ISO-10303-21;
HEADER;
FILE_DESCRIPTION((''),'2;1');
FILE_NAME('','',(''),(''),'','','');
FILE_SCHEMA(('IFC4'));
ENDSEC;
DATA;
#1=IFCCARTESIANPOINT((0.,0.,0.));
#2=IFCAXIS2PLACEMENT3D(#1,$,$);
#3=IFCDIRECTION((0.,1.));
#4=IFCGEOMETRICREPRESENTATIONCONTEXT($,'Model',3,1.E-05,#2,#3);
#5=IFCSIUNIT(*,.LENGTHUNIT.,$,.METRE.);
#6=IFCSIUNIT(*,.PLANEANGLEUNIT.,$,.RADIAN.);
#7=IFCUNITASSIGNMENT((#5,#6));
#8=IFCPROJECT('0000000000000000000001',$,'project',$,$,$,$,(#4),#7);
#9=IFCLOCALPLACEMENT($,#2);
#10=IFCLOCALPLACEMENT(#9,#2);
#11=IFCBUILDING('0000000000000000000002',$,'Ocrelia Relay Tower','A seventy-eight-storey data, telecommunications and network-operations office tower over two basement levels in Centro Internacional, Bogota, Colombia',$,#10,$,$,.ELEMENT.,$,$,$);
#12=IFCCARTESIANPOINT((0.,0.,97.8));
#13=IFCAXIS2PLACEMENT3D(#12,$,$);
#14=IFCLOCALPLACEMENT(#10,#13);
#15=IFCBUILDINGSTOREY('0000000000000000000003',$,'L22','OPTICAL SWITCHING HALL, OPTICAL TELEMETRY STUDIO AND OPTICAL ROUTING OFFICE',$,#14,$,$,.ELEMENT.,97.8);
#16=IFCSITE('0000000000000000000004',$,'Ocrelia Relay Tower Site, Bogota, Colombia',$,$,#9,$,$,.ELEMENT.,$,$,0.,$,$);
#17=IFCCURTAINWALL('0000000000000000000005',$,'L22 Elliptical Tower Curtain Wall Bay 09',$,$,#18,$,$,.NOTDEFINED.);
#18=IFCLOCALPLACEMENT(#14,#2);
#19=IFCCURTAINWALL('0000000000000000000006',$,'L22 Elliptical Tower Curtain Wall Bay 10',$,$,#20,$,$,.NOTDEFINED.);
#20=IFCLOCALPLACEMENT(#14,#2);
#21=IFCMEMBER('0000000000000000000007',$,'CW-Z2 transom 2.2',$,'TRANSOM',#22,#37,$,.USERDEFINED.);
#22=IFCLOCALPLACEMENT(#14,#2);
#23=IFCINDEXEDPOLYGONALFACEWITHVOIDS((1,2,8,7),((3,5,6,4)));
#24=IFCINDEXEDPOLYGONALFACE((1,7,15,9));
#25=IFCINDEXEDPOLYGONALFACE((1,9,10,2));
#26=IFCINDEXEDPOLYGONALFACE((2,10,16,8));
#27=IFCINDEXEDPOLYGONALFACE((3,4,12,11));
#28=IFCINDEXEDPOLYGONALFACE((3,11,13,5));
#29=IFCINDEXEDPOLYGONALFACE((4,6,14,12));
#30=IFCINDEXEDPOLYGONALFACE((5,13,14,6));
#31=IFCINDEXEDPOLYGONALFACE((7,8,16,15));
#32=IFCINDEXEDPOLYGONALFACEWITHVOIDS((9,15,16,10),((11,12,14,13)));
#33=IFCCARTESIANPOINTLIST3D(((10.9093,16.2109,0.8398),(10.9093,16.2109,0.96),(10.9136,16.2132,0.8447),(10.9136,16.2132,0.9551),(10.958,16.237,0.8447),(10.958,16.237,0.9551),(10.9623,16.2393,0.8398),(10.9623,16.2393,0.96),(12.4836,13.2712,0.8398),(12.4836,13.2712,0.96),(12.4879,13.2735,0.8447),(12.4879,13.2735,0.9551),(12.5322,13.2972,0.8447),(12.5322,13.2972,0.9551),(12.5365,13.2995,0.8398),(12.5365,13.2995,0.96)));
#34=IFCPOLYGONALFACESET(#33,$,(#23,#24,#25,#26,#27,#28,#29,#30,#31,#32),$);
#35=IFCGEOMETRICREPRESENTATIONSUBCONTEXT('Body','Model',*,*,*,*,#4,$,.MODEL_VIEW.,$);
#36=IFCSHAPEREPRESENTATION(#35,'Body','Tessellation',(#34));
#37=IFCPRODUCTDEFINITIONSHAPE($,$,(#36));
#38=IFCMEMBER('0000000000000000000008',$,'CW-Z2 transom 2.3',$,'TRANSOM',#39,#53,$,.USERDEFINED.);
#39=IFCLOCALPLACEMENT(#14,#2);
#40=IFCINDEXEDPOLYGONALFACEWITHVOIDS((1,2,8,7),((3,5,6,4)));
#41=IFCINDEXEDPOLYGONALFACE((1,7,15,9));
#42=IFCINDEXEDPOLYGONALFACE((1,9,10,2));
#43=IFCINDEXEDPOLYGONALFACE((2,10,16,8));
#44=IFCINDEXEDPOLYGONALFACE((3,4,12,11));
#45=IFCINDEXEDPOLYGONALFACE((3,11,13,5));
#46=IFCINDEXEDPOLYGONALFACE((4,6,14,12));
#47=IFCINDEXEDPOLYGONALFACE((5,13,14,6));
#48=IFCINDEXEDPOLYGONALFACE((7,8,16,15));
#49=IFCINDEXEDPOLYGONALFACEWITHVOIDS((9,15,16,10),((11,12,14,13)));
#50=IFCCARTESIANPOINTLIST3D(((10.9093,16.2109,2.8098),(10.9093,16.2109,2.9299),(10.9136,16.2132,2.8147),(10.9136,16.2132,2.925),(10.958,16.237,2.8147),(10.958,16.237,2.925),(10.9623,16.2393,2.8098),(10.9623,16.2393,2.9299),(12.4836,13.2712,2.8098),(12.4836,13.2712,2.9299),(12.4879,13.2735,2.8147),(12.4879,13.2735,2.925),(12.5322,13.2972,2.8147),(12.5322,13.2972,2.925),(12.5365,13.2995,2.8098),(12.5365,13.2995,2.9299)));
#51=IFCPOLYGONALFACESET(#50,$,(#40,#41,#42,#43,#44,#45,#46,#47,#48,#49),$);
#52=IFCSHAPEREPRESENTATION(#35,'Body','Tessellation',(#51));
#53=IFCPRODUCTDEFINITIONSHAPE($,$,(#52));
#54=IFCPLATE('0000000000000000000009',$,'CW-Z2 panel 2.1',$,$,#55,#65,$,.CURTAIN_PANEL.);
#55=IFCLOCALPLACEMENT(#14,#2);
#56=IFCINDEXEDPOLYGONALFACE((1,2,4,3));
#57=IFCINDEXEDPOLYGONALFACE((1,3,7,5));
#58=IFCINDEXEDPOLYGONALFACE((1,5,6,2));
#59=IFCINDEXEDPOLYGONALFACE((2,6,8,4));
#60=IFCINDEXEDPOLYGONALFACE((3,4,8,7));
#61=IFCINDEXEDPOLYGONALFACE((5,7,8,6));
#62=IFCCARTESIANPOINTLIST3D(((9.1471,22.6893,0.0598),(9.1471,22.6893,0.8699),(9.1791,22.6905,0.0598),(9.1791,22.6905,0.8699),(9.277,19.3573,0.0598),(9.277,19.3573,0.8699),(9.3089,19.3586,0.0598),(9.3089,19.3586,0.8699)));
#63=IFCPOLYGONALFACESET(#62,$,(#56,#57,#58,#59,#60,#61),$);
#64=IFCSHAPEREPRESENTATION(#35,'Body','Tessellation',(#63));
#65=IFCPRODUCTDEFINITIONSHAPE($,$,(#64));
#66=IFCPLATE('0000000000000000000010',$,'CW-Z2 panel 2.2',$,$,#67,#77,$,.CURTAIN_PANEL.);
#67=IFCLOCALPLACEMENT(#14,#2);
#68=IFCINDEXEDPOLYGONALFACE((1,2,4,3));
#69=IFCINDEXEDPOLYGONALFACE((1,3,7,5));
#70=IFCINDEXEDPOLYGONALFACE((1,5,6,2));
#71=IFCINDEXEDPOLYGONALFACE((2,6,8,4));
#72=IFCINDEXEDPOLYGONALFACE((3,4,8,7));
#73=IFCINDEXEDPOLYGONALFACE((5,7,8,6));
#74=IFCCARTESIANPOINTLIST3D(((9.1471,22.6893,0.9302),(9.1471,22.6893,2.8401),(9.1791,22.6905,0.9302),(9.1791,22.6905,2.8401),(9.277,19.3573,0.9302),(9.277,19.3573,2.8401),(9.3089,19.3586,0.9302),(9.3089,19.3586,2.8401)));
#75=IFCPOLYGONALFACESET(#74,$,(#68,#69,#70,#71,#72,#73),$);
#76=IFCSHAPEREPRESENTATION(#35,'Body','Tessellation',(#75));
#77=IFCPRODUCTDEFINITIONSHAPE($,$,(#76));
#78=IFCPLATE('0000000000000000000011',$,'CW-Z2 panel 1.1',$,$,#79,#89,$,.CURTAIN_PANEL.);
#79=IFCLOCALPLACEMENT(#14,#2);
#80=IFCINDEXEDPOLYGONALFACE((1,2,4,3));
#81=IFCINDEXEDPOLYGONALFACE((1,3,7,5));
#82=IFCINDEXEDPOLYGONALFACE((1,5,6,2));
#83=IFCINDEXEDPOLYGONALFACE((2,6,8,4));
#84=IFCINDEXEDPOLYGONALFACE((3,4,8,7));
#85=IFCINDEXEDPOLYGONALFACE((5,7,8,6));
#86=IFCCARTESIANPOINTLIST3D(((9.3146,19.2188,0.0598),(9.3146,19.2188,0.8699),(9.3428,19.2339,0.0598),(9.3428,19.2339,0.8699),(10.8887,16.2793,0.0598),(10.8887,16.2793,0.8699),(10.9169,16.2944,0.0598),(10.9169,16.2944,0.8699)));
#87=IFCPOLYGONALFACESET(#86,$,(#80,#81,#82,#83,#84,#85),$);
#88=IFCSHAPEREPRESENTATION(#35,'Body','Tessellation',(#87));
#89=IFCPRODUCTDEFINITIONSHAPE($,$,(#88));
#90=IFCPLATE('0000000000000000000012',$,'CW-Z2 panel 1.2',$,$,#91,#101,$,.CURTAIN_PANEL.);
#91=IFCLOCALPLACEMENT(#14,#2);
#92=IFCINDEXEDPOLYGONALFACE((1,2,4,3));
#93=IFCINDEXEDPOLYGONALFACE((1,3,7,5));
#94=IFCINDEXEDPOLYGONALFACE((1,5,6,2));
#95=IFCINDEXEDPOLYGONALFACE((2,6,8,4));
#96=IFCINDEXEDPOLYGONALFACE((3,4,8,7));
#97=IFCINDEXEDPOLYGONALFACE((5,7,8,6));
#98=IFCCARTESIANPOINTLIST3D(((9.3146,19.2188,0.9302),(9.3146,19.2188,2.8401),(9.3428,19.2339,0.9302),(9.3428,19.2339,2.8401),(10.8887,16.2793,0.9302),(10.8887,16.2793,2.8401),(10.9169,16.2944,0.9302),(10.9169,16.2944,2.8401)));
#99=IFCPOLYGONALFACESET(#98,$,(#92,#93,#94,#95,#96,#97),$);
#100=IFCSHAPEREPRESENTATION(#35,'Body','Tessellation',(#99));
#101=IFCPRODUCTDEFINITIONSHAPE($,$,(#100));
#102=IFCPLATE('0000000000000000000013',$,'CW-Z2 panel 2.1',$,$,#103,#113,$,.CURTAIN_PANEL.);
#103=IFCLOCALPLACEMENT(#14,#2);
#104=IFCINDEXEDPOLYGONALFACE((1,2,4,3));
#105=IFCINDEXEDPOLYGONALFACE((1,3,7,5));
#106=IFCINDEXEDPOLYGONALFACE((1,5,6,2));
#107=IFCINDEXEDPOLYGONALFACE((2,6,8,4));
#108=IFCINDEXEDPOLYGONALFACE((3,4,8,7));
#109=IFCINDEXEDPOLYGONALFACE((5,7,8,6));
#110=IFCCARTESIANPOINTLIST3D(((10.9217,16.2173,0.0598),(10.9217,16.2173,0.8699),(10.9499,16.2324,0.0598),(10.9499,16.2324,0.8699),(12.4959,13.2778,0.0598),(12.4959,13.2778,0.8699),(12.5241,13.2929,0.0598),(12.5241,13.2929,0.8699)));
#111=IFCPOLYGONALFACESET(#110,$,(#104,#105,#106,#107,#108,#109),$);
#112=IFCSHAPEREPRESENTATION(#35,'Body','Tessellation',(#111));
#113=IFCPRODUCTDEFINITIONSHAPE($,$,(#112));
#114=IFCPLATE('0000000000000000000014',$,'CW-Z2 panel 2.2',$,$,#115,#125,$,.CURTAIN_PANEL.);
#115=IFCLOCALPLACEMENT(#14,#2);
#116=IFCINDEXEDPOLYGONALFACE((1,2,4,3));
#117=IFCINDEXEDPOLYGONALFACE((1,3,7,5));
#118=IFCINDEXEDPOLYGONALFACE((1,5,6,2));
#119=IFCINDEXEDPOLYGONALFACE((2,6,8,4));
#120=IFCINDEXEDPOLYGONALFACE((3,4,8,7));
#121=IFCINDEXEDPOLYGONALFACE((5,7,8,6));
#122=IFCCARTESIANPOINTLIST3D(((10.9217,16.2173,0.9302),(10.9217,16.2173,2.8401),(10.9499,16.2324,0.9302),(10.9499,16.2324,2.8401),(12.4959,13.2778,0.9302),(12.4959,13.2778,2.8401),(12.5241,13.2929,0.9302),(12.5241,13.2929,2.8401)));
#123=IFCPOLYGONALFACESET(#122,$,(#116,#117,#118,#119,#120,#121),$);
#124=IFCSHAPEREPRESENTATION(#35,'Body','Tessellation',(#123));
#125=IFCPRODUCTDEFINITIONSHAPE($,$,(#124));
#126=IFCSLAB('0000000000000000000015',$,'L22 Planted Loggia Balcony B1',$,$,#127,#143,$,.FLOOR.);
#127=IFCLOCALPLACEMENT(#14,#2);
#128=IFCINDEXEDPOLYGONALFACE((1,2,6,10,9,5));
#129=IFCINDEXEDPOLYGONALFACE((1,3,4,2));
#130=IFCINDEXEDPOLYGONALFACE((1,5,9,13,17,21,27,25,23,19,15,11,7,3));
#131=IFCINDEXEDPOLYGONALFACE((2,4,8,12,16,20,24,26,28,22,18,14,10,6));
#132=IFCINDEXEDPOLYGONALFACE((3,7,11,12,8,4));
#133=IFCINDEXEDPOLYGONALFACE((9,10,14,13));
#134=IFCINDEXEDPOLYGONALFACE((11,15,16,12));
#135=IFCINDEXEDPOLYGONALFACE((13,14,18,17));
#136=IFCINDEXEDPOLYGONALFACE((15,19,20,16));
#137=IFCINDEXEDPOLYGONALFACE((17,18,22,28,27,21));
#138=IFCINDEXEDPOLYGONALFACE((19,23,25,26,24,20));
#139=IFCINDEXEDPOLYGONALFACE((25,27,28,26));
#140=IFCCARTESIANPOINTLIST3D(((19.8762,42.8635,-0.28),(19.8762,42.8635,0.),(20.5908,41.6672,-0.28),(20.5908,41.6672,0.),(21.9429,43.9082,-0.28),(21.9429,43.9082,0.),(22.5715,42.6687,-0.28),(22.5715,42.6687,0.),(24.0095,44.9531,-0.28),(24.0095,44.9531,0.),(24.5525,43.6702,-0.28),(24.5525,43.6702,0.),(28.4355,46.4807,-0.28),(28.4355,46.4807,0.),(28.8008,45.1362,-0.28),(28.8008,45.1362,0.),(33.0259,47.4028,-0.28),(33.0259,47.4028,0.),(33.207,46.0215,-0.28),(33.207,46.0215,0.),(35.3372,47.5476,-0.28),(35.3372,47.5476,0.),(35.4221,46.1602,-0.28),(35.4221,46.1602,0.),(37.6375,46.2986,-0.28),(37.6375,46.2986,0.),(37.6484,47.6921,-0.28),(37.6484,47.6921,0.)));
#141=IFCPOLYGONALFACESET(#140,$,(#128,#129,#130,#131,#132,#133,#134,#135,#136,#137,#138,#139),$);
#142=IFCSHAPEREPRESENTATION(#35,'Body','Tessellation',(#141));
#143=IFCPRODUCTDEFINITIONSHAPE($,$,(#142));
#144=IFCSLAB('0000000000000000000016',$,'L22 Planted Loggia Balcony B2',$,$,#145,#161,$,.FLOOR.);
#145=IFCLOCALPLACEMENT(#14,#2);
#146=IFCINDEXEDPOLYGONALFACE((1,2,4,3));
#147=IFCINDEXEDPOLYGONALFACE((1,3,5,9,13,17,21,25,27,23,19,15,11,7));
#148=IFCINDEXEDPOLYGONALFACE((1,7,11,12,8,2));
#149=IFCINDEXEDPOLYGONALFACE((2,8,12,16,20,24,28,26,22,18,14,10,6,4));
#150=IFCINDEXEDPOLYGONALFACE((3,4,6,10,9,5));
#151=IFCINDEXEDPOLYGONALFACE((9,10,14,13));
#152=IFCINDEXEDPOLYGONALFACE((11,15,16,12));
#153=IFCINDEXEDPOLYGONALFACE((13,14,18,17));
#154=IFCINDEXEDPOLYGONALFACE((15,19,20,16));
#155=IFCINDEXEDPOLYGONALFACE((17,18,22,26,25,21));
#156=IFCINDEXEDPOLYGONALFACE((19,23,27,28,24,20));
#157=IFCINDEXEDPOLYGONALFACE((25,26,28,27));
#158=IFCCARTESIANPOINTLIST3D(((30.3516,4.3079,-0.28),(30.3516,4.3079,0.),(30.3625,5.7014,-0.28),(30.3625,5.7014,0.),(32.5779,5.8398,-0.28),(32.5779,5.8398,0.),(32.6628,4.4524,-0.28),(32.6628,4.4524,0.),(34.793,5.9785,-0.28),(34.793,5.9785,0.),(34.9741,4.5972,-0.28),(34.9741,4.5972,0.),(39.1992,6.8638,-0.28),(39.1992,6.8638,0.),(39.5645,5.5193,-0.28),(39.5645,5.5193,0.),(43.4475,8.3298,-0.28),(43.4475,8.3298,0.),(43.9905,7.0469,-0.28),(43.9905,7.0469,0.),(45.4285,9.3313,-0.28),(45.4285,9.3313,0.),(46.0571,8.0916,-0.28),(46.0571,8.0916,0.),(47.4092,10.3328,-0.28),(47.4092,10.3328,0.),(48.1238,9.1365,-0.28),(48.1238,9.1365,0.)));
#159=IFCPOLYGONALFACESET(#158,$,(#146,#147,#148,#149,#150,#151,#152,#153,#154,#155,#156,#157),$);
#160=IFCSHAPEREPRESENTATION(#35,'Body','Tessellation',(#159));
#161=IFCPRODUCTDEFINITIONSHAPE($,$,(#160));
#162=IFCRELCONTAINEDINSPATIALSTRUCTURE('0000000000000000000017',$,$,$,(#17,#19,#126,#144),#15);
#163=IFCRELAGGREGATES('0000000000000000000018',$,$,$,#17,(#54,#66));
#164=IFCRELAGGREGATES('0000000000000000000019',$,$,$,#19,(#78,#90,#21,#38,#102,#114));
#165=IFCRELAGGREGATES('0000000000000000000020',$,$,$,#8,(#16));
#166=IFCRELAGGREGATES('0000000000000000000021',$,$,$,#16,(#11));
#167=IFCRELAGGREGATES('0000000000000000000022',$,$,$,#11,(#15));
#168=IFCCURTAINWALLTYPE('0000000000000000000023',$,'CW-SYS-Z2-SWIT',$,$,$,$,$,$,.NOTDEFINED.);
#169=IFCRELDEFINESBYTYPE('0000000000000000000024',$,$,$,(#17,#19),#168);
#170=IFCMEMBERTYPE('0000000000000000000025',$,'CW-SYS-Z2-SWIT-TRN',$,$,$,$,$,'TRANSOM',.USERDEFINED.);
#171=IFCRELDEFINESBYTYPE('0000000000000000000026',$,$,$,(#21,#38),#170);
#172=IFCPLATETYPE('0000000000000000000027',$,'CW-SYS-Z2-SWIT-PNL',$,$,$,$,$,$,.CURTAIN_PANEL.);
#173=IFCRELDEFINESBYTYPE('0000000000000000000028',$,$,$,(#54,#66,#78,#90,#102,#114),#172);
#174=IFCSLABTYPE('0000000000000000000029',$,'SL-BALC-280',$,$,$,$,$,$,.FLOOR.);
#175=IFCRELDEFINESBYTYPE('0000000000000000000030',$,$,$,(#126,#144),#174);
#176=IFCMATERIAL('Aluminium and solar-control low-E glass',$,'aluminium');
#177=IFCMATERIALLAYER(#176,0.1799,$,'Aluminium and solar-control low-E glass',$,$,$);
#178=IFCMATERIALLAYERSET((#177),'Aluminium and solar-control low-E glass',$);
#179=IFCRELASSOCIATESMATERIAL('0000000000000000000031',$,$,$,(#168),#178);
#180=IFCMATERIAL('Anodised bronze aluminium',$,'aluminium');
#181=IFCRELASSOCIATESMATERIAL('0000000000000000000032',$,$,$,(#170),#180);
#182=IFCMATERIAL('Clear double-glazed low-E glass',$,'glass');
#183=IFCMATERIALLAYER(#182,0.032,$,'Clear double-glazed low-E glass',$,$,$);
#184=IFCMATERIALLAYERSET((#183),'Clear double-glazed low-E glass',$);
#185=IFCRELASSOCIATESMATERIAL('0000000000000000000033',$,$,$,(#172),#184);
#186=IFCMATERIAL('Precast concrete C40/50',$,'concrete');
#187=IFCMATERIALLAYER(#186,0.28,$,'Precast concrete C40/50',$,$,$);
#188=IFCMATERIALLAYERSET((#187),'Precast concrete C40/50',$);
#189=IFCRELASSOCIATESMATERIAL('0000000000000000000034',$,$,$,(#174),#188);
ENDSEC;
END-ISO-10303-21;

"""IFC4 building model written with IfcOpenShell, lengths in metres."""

from ifc_helpers import new_model, si_unit, direction, frame, origin, origin_2d, place, context, subcontext, project, spatial, polyline, rectangle, hollow_rectangle, outline, extrude, material, layer, layer_set, material_profile, profile_set, type_object, element, aggregate, save


model = new_model("IFC4")

# Units and contexts
model_context = context("Model", 3, precision=1e-05, world=origin(), true_north=direction((0.0, 1.0)))
body_context = subcontext(model_context, "Body", "Model", "MODEL_VIEW")
ifc_project = project(units=[si_unit("LENGTHUNIT", "METRE"), si_unit("PLANEANGLEUNIT", "RADIAN")], contexts=[model_context])

# Site, building, storey
site_placement = place(None, origin())
site = spatial("IfcSite", under=ifc_project, at=site_placement, Name="Ocrelia Relay Tower Site, Bogota, Colombia", CompositionType="ELEMENT", RefElevation=0.0)
building_placement = place(site_placement, origin())
building = spatial("IfcBuilding", under=site, at=building_placement, Name="Ocrelia Relay Tower", Description="A seventy-eight-storey data, telecommunications and network-operations office tower over two basement levels in Centro Internacional, Bogota, Colombia", CompositionType="ELEMENT")
storey_placement = place(building_placement, frame((0.0, 0.0, 97.8)))
storey = spatial("IfcBuildingStorey", under=building, at=storey_placement, Name="L22", Description="OPTICAL SWITCHING HALL, OPTICAL TELEMETRY STUDIO AND OPTICAL ROUTING OFFICE", CompositionType="ELEMENT", Elevation=97.8)

# Curtain wall
ifc_material_1 = material(Name="Aluminium and solar-control low-E glass", Category="aluminium")
ifc_layer_1 = layer(ifc_material_1, 0.1799, Name="Aluminium and solar-control low-E glass")
ifc_layer_set_1 = layer_set([ifc_layer_1], Name="Aluminium and solar-control low-E glass")
curtain_wall_type = type_object("IfcCurtainWallType", Name="CW-SYS-Z2-SWIT", PredefinedType="NOTDEFINED", material=ifc_layer_set_1)
curtain_wall_1_placement = place(storey_placement, origin())
curtain_wall_1 = element("IfcCurtainWall", 1, at=curtain_wall_1_placement, inside=storey, type_object=curtain_wall_type, Name="L22 Elliptical Tower Curtain Wall Bay 09", PredefinedType="NOTDEFINED")
ifc_material_2 = material(Name="Anodised bronze aluminium", Category="aluminium")

# Curtain wall
curtain_wall_2_placement = place(storey_placement, origin())
curtain_wall_2 = element("IfcCurtainWall", 2, at=curtain_wall_2_placement, inside=storey, type_object=curtain_wall_type, Name="L22 Elliptical Tower Curtain Wall Bay 10", PredefinedType="NOTDEFINED")

# Members
ifc_material_profile_1 = material_profile(ifc_material_2, hollow_rectangle(XDim=0.0601, YDim=0.1201, WallThickness=0.0049, at=origin_2d()), Name="CW-TRN-120x60")
ifc_profile_set_1 = profile_set([ifc_material_profile_1], Name="Anodised bronze aluminium")
member_type_1 = type_object("IfcMemberType", Name="CW-SYS-Z2-SWIT-TRN", ElementType="TRANSOM", PredefinedType="USERDEFINED", material=ifc_profile_set_1)
member_1_placement = place(storey_placement, frame((10.9358, 16.2251, 0.8999), z_axis=(0.472077, -0.881557, 0.0), x_axis=(0.881557, 0.472077, 0.0)))
member_1 = element("IfcMember", 3, at=member_1_placement, type_object=member_type_1, Name="CW-Z2 transom 2.2", ObjectType="TRANSOM", PredefinedType="USERDEFINED", context=body_context, shape_type="SweptSolid", body=[
    extrude(hollow_rectangle(XDim=0.0601, YDim=0.1201, WallThickness=0.0049, at=origin_2d()), origin(), (0.0, 0.0, 1.0), 3.3347),
])
member_2_placement = place(storey_placement, frame((10.9358, 16.2251, 2.8699), z_axis=(0.472077, -0.881557, 0.0), x_axis=(0.881557, 0.472077, 0.0)))
member_2 = element("IfcMember", 4, at=member_2_placement, type_object=member_type_1, Name="CW-Z2 transom 2.3", ObjectType="TRANSOM", PredefinedType="USERDEFINED", context=body_context, shape_type="SweptSolid", body=[
    extrude(hollow_rectangle(XDim=0.0601, YDim=0.1201, WallThickness=0.0049, at=origin_2d()), origin(), (0.0, 0.0, 1.0), 3.3347),
])

# Plates
ifc_material_3 = material(Name="Clear double-glazed low-E glass", Category="glass")
ifc_layer_2 = layer(ifc_material_3, 0.032, Name="Clear double-glazed low-E glass")
ifc_layer_set_2 = layer_set([ifc_layer_2], Name="Clear double-glazed low-E glass")
plate_type = type_object("IfcPlateType", Name="CW-SYS-Z2-SWIT-PNL", PredefinedType="CURTAIN_PANEL", material=ifc_layer_set_2)
plate_1_placement = place(storey_placement, frame((9.228, 21.0239, 0.0598), z_axis=(0.0, 0.0, 1.0), x_axis=(0.03893, -0.999242, 0.0)))
plate_1 = element("IfcPlate", 5, at=plate_1_placement, type_object=plate_type, Name="CW-Z2 panel 2.1", PredefinedType="CURTAIN_PANEL", context=body_context, shape_type="SweptSolid", body=[
    extrude(rectangle(XDim=3.3345, YDim=0.032, at=origin_2d()), origin(), (0.0, 0.0, 1.0), 0.8101),
])
plate_2_placement = place(storey_placement, frame((9.228, 21.0239, 0.9302), z_axis=(0.0, 0.0, 1.0), x_axis=(0.03893, -0.999242, 0.0)))
plate_2 = element("IfcPlate", 6, at=plate_2_placement, type_object=plate_type, Name="CW-Z2 panel 2.2", PredefinedType="CURTAIN_PANEL", context=body_context, shape_type="SweptSolid", body=[
    extrude(rectangle(XDim=3.3345, YDim=0.032, at=origin_2d()), origin(), (0.0, 0.0, 1.0), 1.9099),
])
aggregate(curtain_wall_1, [plate_1, plate_2])
plate_3_placement = place(storey_placement, frame((10.1157, 17.7566, 0.0598), z_axis=(0.0, 0.0, 1.0), x_axis=(0.472071, -0.881561, 0.0)))
plate_3 = element("IfcPlate", 7, at=plate_3_placement, type_object=plate_type, Name="CW-Z2 panel 1.1", PredefinedType="CURTAIN_PANEL", context=body_context, shape_type="SweptSolid", body=[
    extrude(rectangle(XDim=3.3345, YDim=0.032, at=origin_2d()), origin(), (0.0, 0.0, 1.0), 0.8101),
])
plate_4_placement = place(storey_placement, frame((10.1157, 17.7566, 0.9302), z_axis=(0.0, 0.0, 1.0), x_axis=(0.472071, -0.881561, 0.0)))
plate_4 = element("IfcPlate", 8, at=plate_4_placement, type_object=plate_type, Name="CW-Z2 panel 1.2", PredefinedType="CURTAIN_PANEL", context=body_context, shape_type="SweptSolid", body=[
    extrude(rectangle(XDim=3.3345, YDim=0.032, at=origin_2d()), origin(), (0.0, 0.0, 1.0), 1.9099),
])
plate_5_placement = place(storey_placement, frame((11.7229, 14.7551, 0.0598), z_axis=(0.0, 0.0, 1.0), x_axis=(0.472071, -0.881561, 0.0)))
plate_5 = element("IfcPlate", 9, at=plate_5_placement, type_object=plate_type, Name="CW-Z2 panel 2.1", PredefinedType="CURTAIN_PANEL", context=body_context, shape_type="SweptSolid", body=[
    extrude(rectangle(XDim=3.3345, YDim=0.032, at=origin_2d()), origin(), (0.0, 0.0, 1.0), 0.8101),
])
plate_6_placement = place(storey_placement, frame((11.7229, 14.7551, 0.9302), z_axis=(0.0, 0.0, 1.0), x_axis=(0.472071, -0.881561, 0.0)))
plate_6 = element("IfcPlate", 10, at=plate_6_placement, type_object=plate_type, Name="CW-Z2 panel 2.2", PredefinedType="CURTAIN_PANEL", context=body_context, shape_type="SweptSolid", body=[
    extrude(rectangle(XDim=3.3345, YDim=0.032, at=origin_2d()), origin(), (0.0, 0.0, 1.0), 1.9099),
])
aggregate(curtain_wall_2, [plate_3, plate_4, member_1, member_2, plate_5, plate_6])

# Slabs
ifc_material_4 = material(Name="Precast concrete C40/50", Category="concrete")
ifc_layer_3 = layer(ifc_material_4, 0.28, Name="Precast concrete C40/50")
ifc_layer_set_3 = layer_set([ifc_layer_3], Name="Precast concrete C40/50")
slab_type_1 = type_object("IfcSlabType", Name="SL-BALC-280", PredefinedType="FLOOR", material=ifc_layer_set_3)
slab_1_placement = place(storey_placement, frame((0.0, 0.0, -0.28)))
element("IfcSlab", 11, at=slab_1_placement, inside=storey, type_object=slab_type_1, Name="L22 Planted Loggia Balcony B1", PredefinedType="FLOOR", context=body_context, shape_type="SweptSolid", body=[
    extrude(outline(polyline([(37.6375, 46.2986), (35.4221, 46.1602), (33.207, 46.0215), (28.8008, 45.1362), (24.5525, 43.6702), (22.5715, 42.6687), (20.5908, 41.6672), (19.8762, 42.8635), (21.9429, 43.9082), (24.0095, 44.9531), (28.4355, 46.4807), (33.0259, 47.4028), (35.3372, 47.5476), (37.6484, 47.6921), (37.6375, 46.2986)])), origin(), (0.0, 0.0, 1.0), 0.28),
])
slab_2_placement = place(storey_placement, frame((0.0, 0.0, -0.28)))
element("IfcSlab", 12, at=slab_2_placement, inside=storey, type_object=slab_type_1, Name="L22 Planted Loggia Balcony B2", PredefinedType="FLOOR", context=body_context, shape_type="SweptSolid", body=[
    extrude(outline(polyline([(30.3625, 5.7014), (32.5779, 5.8398), (34.793, 5.9785), (39.1992, 6.8638), (43.4475, 8.3298), (45.4285, 9.3313), (47.4092, 10.3328), (48.1238, 9.1365), (46.0571, 8.0916), (43.9905, 7.0469), (39.5645, 5.5193), (34.9741, 4.5972), (32.6628, 4.4524), (30.3516, 4.3079), (30.3625, 5.7014)])), origin(), (0.0, 0.0, 1.0), 0.28),
])

save(model, "model.ifc")
